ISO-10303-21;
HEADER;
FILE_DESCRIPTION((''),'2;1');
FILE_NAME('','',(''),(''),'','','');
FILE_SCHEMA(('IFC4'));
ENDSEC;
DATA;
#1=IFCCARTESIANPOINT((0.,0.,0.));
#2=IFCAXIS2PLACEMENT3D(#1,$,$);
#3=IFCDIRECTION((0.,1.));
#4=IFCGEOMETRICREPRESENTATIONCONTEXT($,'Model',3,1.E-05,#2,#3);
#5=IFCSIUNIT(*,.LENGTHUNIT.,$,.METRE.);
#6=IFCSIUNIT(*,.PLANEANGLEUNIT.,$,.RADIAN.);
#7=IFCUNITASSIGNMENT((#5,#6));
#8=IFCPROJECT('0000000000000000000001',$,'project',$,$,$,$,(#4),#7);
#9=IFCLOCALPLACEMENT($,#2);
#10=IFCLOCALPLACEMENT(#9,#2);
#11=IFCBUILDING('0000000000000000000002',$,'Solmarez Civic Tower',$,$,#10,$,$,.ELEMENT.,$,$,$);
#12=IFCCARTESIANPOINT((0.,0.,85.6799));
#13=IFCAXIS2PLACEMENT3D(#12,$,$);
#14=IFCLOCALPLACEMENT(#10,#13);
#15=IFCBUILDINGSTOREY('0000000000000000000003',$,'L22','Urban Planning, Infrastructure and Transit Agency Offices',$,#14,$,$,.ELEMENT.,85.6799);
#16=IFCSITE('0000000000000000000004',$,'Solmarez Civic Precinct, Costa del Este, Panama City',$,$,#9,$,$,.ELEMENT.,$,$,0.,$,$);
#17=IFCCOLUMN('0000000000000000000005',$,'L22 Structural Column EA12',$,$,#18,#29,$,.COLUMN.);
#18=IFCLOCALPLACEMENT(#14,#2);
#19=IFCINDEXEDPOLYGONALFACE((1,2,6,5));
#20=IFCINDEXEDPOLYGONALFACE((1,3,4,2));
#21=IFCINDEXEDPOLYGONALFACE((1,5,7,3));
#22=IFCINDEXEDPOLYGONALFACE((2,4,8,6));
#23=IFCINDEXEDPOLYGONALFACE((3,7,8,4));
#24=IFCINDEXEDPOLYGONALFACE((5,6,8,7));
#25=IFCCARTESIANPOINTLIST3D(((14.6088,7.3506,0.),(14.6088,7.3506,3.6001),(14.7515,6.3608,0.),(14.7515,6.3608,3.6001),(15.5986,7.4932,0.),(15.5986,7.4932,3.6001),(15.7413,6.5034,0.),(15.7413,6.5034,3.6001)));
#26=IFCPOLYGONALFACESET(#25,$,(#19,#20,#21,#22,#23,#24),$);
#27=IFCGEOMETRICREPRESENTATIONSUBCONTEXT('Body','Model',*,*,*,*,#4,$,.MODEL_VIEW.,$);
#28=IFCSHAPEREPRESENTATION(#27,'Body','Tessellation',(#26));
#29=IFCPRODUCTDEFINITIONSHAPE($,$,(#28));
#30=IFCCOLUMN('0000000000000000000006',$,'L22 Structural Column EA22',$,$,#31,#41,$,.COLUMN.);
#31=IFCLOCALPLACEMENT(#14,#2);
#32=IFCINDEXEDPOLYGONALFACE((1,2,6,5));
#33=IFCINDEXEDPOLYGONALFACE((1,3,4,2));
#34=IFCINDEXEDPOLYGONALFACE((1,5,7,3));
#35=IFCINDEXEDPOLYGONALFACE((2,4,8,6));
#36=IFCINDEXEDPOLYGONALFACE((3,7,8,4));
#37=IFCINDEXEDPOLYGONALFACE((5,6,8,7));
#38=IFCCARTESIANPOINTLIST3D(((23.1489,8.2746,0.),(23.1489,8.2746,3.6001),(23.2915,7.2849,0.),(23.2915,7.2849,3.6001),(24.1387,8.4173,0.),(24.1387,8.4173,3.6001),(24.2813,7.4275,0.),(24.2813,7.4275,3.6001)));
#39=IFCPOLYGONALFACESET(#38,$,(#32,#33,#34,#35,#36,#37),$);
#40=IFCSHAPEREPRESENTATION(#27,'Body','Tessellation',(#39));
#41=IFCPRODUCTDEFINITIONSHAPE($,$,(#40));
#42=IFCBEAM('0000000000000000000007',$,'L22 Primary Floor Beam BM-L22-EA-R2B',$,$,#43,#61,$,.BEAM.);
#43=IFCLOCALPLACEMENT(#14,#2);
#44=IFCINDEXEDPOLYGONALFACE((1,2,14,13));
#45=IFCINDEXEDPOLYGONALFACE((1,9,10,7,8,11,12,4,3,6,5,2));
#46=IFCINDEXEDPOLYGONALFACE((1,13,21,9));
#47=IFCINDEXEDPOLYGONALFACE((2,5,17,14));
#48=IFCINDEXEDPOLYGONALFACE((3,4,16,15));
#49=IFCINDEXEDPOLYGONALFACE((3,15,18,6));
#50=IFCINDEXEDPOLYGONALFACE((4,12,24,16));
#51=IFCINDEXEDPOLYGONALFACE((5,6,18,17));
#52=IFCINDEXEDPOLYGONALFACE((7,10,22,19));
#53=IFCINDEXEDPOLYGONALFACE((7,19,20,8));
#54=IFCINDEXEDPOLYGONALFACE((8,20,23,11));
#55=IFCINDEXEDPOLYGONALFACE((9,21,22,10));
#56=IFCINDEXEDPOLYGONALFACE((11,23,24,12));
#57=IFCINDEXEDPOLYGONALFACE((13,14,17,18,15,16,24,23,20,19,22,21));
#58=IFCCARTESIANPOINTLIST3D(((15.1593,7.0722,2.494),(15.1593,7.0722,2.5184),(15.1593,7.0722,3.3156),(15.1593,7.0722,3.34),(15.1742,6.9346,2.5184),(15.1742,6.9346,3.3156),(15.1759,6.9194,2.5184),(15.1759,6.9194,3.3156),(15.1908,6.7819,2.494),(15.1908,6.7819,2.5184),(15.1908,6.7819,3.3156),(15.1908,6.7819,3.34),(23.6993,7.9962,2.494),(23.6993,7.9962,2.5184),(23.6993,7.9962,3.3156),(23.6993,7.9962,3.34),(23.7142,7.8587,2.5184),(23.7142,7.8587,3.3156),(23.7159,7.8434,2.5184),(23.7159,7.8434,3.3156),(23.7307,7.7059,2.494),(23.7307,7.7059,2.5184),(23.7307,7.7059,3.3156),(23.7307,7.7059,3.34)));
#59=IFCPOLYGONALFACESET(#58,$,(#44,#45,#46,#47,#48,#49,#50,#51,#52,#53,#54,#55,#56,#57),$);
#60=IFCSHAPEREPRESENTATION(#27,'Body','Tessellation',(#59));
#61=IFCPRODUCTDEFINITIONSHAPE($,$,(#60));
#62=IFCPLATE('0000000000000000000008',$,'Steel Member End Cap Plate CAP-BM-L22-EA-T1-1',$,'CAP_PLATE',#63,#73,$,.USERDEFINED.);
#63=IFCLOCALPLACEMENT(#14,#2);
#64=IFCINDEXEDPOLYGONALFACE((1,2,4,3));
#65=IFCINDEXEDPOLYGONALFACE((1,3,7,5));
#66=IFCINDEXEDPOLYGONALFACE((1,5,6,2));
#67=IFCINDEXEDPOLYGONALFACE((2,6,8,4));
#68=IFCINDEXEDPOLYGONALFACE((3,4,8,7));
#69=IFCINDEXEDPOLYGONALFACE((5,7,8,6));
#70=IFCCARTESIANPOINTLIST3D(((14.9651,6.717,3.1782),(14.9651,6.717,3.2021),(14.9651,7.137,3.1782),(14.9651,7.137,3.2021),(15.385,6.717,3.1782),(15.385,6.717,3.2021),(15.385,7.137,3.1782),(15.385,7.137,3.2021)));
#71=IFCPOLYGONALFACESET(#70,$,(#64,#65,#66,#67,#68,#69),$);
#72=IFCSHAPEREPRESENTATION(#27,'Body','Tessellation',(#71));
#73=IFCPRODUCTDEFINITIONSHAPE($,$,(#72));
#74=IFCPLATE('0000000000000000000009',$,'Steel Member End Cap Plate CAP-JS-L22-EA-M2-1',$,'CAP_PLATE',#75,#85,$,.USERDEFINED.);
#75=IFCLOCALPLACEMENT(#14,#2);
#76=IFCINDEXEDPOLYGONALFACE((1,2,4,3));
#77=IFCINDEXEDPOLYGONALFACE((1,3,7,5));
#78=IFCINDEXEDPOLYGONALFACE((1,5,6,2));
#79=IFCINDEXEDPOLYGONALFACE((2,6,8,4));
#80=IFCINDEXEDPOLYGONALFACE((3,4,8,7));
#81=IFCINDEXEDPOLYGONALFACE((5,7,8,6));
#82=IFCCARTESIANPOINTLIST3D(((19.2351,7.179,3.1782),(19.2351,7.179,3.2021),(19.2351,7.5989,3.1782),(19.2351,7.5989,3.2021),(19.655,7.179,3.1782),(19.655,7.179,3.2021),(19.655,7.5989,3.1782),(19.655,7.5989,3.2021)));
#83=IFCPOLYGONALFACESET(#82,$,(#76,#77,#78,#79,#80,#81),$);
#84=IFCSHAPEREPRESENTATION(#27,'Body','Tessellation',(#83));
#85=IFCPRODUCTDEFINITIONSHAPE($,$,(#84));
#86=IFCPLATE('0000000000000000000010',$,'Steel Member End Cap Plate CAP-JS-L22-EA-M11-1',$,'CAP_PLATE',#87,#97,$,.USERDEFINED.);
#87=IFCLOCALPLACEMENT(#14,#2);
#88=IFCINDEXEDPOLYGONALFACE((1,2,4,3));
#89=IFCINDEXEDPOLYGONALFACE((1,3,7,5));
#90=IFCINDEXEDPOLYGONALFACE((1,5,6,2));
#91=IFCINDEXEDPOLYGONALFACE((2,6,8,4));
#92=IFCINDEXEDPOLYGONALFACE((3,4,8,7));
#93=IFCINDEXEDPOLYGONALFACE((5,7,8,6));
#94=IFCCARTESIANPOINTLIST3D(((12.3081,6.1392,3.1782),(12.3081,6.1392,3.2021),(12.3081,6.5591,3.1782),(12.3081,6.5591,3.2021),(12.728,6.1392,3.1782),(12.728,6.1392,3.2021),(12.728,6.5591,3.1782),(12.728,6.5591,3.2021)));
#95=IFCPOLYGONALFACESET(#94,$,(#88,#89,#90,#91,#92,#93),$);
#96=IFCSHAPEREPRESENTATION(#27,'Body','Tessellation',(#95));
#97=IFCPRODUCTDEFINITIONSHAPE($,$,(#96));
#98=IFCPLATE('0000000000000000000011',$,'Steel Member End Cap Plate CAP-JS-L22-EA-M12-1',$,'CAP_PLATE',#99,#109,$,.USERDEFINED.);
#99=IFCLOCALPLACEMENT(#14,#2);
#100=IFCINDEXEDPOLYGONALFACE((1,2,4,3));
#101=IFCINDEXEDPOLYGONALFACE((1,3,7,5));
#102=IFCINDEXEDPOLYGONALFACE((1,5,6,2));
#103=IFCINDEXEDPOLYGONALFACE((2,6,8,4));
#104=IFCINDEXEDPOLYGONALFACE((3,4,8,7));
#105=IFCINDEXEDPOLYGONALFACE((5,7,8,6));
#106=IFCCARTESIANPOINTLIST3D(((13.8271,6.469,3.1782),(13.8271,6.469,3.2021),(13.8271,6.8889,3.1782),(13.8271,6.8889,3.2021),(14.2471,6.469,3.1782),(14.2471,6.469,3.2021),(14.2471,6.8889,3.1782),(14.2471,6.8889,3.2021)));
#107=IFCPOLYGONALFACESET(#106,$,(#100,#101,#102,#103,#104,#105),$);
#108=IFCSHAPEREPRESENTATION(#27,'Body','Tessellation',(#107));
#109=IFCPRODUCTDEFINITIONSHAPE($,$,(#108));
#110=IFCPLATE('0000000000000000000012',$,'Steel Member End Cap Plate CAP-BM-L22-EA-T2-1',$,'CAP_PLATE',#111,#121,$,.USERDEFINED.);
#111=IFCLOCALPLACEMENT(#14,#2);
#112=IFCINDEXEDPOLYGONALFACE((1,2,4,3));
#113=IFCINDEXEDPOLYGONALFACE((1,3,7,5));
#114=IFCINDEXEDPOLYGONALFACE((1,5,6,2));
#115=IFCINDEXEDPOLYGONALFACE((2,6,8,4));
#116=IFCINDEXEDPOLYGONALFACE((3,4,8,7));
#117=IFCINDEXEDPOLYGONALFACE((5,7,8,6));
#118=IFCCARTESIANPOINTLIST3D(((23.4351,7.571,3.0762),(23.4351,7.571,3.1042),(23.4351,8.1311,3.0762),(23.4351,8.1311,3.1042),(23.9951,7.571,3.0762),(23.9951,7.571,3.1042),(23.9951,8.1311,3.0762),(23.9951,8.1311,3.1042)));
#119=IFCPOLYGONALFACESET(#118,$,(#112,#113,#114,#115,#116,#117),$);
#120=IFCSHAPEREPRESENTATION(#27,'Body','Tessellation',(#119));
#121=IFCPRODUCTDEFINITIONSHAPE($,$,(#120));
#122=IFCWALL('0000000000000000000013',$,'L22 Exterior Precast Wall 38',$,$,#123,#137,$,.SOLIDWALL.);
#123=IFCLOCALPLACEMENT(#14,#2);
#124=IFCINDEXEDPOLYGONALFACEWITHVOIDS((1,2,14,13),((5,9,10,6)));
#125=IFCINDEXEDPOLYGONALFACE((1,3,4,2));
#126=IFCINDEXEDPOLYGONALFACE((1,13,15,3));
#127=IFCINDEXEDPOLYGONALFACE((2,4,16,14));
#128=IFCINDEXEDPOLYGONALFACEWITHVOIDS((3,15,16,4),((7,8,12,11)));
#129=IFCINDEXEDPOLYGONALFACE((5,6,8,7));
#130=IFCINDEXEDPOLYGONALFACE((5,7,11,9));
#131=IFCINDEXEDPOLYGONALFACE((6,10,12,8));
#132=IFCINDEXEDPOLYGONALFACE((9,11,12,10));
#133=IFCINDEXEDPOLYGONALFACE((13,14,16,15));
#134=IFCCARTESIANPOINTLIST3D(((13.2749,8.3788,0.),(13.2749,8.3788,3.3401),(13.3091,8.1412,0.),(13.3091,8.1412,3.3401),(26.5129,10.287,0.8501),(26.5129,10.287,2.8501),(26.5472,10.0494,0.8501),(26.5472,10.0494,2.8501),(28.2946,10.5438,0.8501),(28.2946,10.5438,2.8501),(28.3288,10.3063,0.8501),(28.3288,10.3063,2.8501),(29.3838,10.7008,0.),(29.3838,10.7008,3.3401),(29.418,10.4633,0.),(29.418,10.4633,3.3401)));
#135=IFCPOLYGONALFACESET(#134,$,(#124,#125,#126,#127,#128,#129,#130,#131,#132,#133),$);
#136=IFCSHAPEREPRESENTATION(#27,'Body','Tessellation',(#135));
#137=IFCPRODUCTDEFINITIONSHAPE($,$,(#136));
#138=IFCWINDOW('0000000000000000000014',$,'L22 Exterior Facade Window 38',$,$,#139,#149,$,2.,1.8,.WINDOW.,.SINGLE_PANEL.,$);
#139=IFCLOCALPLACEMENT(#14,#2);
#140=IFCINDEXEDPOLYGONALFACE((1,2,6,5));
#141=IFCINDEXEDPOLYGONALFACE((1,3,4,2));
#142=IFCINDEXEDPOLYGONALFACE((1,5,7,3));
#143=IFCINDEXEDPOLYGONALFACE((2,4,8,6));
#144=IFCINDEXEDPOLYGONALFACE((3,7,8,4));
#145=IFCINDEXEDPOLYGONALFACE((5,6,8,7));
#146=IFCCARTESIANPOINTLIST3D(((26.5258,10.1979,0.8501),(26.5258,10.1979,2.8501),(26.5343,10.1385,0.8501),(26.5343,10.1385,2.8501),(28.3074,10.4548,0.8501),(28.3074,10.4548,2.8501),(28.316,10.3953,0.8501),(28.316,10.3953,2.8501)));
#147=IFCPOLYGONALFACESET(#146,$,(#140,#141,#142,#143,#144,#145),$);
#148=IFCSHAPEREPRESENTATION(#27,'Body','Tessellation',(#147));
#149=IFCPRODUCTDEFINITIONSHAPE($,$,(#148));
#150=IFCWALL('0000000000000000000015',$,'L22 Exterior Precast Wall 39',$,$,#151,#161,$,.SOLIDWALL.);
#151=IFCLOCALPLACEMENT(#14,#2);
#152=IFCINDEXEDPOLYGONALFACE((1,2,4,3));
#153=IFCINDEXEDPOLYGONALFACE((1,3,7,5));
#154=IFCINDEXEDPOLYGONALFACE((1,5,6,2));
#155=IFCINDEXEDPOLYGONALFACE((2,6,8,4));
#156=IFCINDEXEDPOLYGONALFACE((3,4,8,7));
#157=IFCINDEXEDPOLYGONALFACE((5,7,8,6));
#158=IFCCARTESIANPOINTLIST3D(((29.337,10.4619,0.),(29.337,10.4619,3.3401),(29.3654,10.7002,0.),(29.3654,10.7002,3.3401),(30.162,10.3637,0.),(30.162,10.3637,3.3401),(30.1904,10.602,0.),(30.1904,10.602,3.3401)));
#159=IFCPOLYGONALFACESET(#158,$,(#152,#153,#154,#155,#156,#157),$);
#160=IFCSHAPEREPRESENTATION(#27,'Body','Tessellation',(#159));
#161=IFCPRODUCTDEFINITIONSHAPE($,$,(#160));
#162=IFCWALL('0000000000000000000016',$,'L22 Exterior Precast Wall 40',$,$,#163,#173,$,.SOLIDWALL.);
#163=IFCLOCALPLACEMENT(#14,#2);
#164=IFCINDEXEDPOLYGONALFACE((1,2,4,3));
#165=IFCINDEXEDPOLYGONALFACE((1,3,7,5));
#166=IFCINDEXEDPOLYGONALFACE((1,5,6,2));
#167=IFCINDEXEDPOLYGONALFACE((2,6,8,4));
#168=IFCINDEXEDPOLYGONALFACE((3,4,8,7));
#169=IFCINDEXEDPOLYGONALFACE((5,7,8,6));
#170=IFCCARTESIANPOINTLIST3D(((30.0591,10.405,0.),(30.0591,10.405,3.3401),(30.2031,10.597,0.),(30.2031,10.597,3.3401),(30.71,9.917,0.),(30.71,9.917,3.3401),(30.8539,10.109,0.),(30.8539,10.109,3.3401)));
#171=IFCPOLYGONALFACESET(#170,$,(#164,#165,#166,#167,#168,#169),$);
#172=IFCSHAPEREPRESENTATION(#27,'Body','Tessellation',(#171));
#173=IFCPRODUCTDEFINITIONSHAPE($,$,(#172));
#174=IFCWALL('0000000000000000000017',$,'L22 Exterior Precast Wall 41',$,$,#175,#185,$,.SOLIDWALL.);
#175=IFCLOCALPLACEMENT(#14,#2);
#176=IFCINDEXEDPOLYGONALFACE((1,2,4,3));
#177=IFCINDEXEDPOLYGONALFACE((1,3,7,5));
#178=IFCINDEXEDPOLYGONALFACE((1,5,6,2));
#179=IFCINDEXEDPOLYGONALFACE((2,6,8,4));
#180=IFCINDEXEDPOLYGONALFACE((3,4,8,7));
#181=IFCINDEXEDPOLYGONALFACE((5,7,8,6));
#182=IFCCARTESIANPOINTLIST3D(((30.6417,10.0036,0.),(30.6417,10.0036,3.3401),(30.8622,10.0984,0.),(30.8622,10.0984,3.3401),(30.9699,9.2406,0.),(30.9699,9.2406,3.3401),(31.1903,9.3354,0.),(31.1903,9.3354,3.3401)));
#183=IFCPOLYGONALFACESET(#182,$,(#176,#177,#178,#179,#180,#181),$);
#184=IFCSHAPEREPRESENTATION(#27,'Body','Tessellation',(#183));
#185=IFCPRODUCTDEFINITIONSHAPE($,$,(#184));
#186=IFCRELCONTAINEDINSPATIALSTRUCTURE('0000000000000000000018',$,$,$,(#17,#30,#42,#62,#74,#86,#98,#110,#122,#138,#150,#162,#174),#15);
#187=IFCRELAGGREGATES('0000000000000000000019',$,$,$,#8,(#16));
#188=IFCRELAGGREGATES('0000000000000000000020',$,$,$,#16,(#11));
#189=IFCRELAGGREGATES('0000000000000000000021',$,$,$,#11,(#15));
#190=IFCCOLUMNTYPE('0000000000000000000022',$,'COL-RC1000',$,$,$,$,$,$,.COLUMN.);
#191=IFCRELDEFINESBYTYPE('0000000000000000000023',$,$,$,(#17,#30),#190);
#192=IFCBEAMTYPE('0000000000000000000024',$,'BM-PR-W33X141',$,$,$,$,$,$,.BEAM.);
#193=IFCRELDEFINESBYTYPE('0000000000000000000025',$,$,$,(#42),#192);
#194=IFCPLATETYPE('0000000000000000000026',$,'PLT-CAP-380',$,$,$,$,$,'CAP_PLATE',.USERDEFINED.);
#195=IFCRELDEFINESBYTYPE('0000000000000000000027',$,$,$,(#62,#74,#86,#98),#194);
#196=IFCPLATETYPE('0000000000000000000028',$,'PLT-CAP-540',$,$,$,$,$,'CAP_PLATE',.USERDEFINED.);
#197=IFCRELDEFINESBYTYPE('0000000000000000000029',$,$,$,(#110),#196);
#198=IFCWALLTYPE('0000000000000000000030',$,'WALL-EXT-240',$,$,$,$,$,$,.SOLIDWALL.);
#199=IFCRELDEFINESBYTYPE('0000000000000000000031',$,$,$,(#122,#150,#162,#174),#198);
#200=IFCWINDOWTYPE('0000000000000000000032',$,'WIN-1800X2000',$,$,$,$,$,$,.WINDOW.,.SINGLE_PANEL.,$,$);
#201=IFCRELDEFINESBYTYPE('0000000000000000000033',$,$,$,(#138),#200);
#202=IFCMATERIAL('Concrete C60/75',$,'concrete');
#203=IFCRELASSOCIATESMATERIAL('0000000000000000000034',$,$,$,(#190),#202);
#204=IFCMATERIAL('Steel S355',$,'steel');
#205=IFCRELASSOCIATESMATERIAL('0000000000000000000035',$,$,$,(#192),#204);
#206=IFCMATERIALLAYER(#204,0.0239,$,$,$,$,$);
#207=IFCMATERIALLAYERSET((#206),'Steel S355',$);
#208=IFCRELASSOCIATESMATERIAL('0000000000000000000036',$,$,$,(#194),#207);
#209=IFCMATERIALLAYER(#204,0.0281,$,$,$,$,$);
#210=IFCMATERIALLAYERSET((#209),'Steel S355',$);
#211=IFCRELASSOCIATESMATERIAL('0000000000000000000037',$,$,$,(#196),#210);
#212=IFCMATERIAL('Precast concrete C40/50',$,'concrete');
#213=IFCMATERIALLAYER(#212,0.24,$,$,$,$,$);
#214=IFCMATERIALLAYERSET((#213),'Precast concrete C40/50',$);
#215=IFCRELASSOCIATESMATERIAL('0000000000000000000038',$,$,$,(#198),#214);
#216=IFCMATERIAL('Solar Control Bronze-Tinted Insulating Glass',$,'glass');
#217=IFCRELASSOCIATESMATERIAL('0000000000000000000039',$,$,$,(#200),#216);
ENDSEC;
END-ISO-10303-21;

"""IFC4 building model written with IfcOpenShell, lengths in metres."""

from ifc_helpers import new_model, si_unit, direction, frame, frame_2d, origin, origin_2d, place, context, subcontext, project, spatial, rectangle, i_section, extrude, material, layer, layer_set, material_profile, profile_set, type_object, element, fill, save


model = new_model("IFC4")

# Units and contexts
model_context = context("Model", 3, precision=1e-05, world=origin(), true_north=direction((0.0, 1.0)))
body_context = subcontext(model_context, "Body", "Model", "MODEL_VIEW")
ifc_project = project(units=[si_unit("LENGTHUNIT", "METRE"), si_unit("PLANEANGLEUNIT", "RADIAN")], contexts=[model_context])

# Site, building, storey
site_placement = place(None, origin())
site = spatial("IfcSite", under=ifc_project, at=site_placement, Name="Solmarez Civic Precinct, Costa del Este, Panama City", CompositionType="ELEMENT", RefElevation=0.0)
building_placement = place(site_placement, origin())
building = spatial("IfcBuilding", under=site, at=building_placement, Name="Solmarez Civic Tower", CompositionType="ELEMENT")
storey_placement = place(building_placement, frame((0.0, 0.0, 85.6799)))
storey = spatial("IfcBuildingStorey", under=building, at=storey_placement, Name="L22", Description="Urban Planning, Infrastructure and Transit Agency Offices", CompositionType="ELEMENT", Elevation=85.6799)

# Columns
ifc_material_1 = material(Name="Concrete C60/75", Category="concrete")
ifc_material_profile_1 = material_profile(ifc_material_1, rectangle(XDim=1.0, YDim=1.0, at=origin_2d()), Name="RC1000X1000")
ifc_profile_set_1 = profile_set([ifc_material_profile_1], Name="Concrete C60/75")
column_type = type_object("IfcColumnType", Name="COL-RC1000", PredefinedType="COLUMN", material=ifc_profile_set_1)
for number, where, z_axis, x_axis, name in (
    (1, (15.175, 6.927, 0.0), (0.0, 0.0, 1.0), (0.989776, 0.142629, 0.0), "L22 Structural Column EA12"),
    (2, (23.7151, 7.8511, 0.0), (0.0, 0.0, 1.0), (0.989776, 0.142629, 0.0), "L22 Structural Column EA22"),
):
    element("IfcColumn", number, at=place(storey_placement, frame(where, z_axis=z_axis, x_axis=x_axis)), inside=storey, type_object=column_type, Name=name, PredefinedType="COLUMN", context=body_context, shape_type="SweptSolid", body=[
        extrude(rectangle(XDim=1.0, YDim=1.0, at=origin_2d()), origin(), (0.0, 0.0, 1.0), 3.6001),
    ])

# Beam
ifc_material_2 = material(Name="Steel S355", Category="steel")
ifc_material_profile_2 = material_profile(ifc_material_2, i_section(OverallWidth=0.292, OverallDepth=0.8459, WebThickness=0.0154, FlangeThickness=0.0244, at=origin_2d()), Name="W33X141")
ifc_profile_set_2 = profile_set([ifc_material_profile_2], Name="Steel S355")
beam_type = type_object("IfcBeamType", Name="BM-PR-W33X141", PredefinedType="BEAM", material=ifc_profile_set_2)
beam_placement = place(storey_placement, frame((15.175, 6.927, 2.917), z_axis=(0.994197, 0.107577, 0.0), x_axis=(-0.107577, 0.994197, 0.0)))
element("IfcBeam", 3, at=beam_placement, inside=storey, type_object=beam_type, Name="L22 Primary Floor Beam BM-L22-EA-R2B", PredefinedType="BEAM", context=body_context, shape_type="SweptSolid", body=[
    extrude(i_section(OverallWidth=0.292, OverallDepth=0.8459, WebThickness=0.0154, FlangeThickness=0.0244, at=origin_2d()), origin(), (0.0, 0.0, 1.0), 8.5898),
])

# Plates
ifc_layer_1 = layer(ifc_material_2, 0.0239)
ifc_layer_set_1 = layer_set([ifc_layer_1], Name="Steel S355")
plate_type_1 = type_object("IfcPlateType", Name="PLT-CAP-380", ElementType="CAP_PLATE", PredefinedType="USERDEFINED", material=ifc_layer_set_1)
for number, where, z_axis, x_axis, name in (
    (4, (15.175, 6.927, 3.1782), (0.0, 0.0, 1.0), (1.0, 0.0, 0.0), "Steel Member End Cap Plate CAP-BM-L22-EA-T1-1"),
    (5, (19.4451, 7.3889, 3.1782), (0.0, 0.0, 1.0), (1.0, 0.0, 0.0), "Steel Member End Cap Plate CAP-JS-L22-EA-M2-1"),
    (6, (12.5181, 6.3491, 3.1782), (0.0, 0.0, 1.0), (1.0, 0.0, 0.0), "Steel Member End Cap Plate CAP-JS-L22-EA-M11-1"),
    (7, (14.0371, 6.679, 3.1782), (0.0, 0.0, 1.0), (1.0, 0.0, 0.0), "Steel Member End Cap Plate CAP-JS-L22-EA-M12-1"),
):
    element("IfcPlate", number, at=place(storey_placement, frame(where, z_axis=z_axis, x_axis=x_axis)), inside=storey, type_object=plate_type_1, Name=name, ObjectType="CAP_PLATE", PredefinedType="USERDEFINED", context=body_context, shape_type="SweptSolid", body=[
        extrude(rectangle(XDim=0.4199, YDim=0.4199, at=origin_2d()), origin(), (0.0, 0.0, 1.0), 0.0239),
    ])
ifc_layer_2 = layer(ifc_material_2, 0.0281)
ifc_layer_set_2 = layer_set([ifc_layer_2], Name="Steel S355")
plate_type_2 = type_object("IfcPlateType", Name="PLT-CAP-540", ElementType="CAP_PLATE", PredefinedType="USERDEFINED", material=ifc_layer_set_2)
plate_placement = place(storey_placement, frame((23.7151, 7.8511, 3.0762), z_axis=(0.0, 0.0, 1.0), x_axis=(1.0, 0.0, 0.0)))
element("IfcPlate", 8, at=plate_placement, inside=storey, type_object=plate_type_2, Name="Steel Member End Cap Plate CAP-BM-L22-EA-T2-1", ObjectType="CAP_PLATE", PredefinedType="USERDEFINED", context=body_context, shape_type="SweptSolid", body=[
    extrude(rectangle(XDim=0.5601, YDim=0.5601, at=origin_2d()), origin(), (0.0, 0.0, 1.0), 0.0281),
])

# Wall, opening, window
ifc_material_3 = material(Name="Precast concrete C40/50", Category="concrete")
ifc_layer_3 = layer(ifc_material_3, 0.24)
ifc_layer_set_3 = layer_set([ifc_layer_3], Name="Precast concrete C40/50")
wall_type_1 = type_object("IfcWallType", Name="WALL-EXT-240", PredefinedType="SOLIDWALL", material=ifc_layer_set_3)
wall_1_placement = place(storey_placement, frame((13.292, 8.26, 0.0), z_axis=(0.0, 0.0, 1.0), x_axis=(0.98977, 0.142671, 0.0)))
wall_1 = element("IfcWall", 9, at=wall_1_placement, inside=storey, type_object=wall_type_1, Name="L22 Exterior Precast Wall 38", PredefinedType="SOLIDWALL", context=body_context, shape_type="SweptSolid", body=[
    extrude(rectangle(XDim=16.2754, YDim=0.24, at=frame_2d((8.1377, 0.0))), origin(), (0.0, 0.0, 1.0), 3.3401),
])
opening_1_placement = place(wall_1_placement, frame((13.375, 0.0, 0.8501)))
opening_1 = element("IfcOpeningElement", 10, at=opening_1_placement, cuts=wall_1, PredefinedType="OPENING", context=body_context, shape_type="SweptSolid", body=[
    extrude(rectangle(XDim=1.8, YDim=2.0, at=frame_2d((0.8999, 1.0))), frame((0.0, 0.1299, 0.0), z_axis=(0.0, -1.0, 0.0), x_axis=(1.0, 0.0, 0.0)), (0.0, 0.0, 1.0), 0.26),
])
ifc_material_4 = material(Name="Solar Control Bronze-Tinted Insulating Glass", Category="glass")
window_type_1 = type_object("IfcWindowType", Name="WIN-1800X2000", PartitioningType="SINGLE_PANEL", PredefinedType="WINDOW", material=ifc_material_4)
window_1_placement = place(opening_1_placement, origin())
window_1 = element("IfcWindow", 11, at=window_1_placement, inside=storey, type_object=window_type_1, Name="L22 Exterior Facade Window 38", OverallHeight=2.0, OverallWidth=1.8, PartitioningType="SINGLE_PANEL", PredefinedType="WINDOW", context=body_context, shape_type="SweptSolid", body=[
    extrude(rectangle(XDim=1.8, YDim=2.0, at=frame_2d((0.8999, 1.0))), frame((0.0, 0.03, 0.0), z_axis=(0.0, -1.0, 0.0), x_axis=(1.0, 0.0, 0.0)), (0.0, 0.0, 1.0), 0.0601),
])
fill(opening_1, window_1)

# Walls
wall_2_placement = place(storey_placement, frame((29.3511, 10.5811, 0.0), z_axis=(0.0, 0.0, 1.0), x_axis=(0.992997, -0.118137, 0.0)))
element("IfcWall", 12, at=wall_2_placement, inside=storey, type_object=wall_type_1, Name="L22 Exterior Precast Wall 39", PredefinedType="SOLIDWALL", context=body_context, shape_type="SweptSolid", body=[
    extrude(rectangle(XDim=0.8308, YDim=0.24, at=frame_2d((0.4155, 0.0))), origin(), (0.0, 0.0, 1.0), 3.3401),
])
wall_3_placement = place(storey_placement, frame((30.1311, 10.501, 0.0), z_axis=(0.0, 0.0, 1.0), x_axis=(0.800072, -0.599904, 0.0)))
element("IfcWall", 13, at=wall_3_placement, inside=storey, type_object=wall_type_1, Name="L22 Exterior Precast Wall 40", PredefinedType="SOLIDWALL", context=body_context, shape_type="SweptSolid", body=[
    extrude(rectangle(XDim=0.8135, YDim=0.24, at=frame_2d((0.4067, 0.0))), origin(), (0.0, 0.0, 1.0), 3.3401),
])
wall_4_placement = place(storey_placement, frame((30.752, 10.051, 0.0), z_axis=(0.0, 0.0, 1.0), x_axis=(0.39509, -0.918643, 0.0)))
element("IfcWall", 14, at=wall_4_placement, inside=storey, type_object=wall_type_1, Name="L22 Exterior Precast Wall 41", PredefinedType="SOLIDWALL", context=body_context, shape_type="SweptSolid", body=[
    extrude(rectangle(XDim=0.8306, YDim=0.24, at=frame_2d((0.4153, 0.0))), origin(), (0.0, 0.0, 1.0), 3.3401),
])

save(model, "model.ifc")
